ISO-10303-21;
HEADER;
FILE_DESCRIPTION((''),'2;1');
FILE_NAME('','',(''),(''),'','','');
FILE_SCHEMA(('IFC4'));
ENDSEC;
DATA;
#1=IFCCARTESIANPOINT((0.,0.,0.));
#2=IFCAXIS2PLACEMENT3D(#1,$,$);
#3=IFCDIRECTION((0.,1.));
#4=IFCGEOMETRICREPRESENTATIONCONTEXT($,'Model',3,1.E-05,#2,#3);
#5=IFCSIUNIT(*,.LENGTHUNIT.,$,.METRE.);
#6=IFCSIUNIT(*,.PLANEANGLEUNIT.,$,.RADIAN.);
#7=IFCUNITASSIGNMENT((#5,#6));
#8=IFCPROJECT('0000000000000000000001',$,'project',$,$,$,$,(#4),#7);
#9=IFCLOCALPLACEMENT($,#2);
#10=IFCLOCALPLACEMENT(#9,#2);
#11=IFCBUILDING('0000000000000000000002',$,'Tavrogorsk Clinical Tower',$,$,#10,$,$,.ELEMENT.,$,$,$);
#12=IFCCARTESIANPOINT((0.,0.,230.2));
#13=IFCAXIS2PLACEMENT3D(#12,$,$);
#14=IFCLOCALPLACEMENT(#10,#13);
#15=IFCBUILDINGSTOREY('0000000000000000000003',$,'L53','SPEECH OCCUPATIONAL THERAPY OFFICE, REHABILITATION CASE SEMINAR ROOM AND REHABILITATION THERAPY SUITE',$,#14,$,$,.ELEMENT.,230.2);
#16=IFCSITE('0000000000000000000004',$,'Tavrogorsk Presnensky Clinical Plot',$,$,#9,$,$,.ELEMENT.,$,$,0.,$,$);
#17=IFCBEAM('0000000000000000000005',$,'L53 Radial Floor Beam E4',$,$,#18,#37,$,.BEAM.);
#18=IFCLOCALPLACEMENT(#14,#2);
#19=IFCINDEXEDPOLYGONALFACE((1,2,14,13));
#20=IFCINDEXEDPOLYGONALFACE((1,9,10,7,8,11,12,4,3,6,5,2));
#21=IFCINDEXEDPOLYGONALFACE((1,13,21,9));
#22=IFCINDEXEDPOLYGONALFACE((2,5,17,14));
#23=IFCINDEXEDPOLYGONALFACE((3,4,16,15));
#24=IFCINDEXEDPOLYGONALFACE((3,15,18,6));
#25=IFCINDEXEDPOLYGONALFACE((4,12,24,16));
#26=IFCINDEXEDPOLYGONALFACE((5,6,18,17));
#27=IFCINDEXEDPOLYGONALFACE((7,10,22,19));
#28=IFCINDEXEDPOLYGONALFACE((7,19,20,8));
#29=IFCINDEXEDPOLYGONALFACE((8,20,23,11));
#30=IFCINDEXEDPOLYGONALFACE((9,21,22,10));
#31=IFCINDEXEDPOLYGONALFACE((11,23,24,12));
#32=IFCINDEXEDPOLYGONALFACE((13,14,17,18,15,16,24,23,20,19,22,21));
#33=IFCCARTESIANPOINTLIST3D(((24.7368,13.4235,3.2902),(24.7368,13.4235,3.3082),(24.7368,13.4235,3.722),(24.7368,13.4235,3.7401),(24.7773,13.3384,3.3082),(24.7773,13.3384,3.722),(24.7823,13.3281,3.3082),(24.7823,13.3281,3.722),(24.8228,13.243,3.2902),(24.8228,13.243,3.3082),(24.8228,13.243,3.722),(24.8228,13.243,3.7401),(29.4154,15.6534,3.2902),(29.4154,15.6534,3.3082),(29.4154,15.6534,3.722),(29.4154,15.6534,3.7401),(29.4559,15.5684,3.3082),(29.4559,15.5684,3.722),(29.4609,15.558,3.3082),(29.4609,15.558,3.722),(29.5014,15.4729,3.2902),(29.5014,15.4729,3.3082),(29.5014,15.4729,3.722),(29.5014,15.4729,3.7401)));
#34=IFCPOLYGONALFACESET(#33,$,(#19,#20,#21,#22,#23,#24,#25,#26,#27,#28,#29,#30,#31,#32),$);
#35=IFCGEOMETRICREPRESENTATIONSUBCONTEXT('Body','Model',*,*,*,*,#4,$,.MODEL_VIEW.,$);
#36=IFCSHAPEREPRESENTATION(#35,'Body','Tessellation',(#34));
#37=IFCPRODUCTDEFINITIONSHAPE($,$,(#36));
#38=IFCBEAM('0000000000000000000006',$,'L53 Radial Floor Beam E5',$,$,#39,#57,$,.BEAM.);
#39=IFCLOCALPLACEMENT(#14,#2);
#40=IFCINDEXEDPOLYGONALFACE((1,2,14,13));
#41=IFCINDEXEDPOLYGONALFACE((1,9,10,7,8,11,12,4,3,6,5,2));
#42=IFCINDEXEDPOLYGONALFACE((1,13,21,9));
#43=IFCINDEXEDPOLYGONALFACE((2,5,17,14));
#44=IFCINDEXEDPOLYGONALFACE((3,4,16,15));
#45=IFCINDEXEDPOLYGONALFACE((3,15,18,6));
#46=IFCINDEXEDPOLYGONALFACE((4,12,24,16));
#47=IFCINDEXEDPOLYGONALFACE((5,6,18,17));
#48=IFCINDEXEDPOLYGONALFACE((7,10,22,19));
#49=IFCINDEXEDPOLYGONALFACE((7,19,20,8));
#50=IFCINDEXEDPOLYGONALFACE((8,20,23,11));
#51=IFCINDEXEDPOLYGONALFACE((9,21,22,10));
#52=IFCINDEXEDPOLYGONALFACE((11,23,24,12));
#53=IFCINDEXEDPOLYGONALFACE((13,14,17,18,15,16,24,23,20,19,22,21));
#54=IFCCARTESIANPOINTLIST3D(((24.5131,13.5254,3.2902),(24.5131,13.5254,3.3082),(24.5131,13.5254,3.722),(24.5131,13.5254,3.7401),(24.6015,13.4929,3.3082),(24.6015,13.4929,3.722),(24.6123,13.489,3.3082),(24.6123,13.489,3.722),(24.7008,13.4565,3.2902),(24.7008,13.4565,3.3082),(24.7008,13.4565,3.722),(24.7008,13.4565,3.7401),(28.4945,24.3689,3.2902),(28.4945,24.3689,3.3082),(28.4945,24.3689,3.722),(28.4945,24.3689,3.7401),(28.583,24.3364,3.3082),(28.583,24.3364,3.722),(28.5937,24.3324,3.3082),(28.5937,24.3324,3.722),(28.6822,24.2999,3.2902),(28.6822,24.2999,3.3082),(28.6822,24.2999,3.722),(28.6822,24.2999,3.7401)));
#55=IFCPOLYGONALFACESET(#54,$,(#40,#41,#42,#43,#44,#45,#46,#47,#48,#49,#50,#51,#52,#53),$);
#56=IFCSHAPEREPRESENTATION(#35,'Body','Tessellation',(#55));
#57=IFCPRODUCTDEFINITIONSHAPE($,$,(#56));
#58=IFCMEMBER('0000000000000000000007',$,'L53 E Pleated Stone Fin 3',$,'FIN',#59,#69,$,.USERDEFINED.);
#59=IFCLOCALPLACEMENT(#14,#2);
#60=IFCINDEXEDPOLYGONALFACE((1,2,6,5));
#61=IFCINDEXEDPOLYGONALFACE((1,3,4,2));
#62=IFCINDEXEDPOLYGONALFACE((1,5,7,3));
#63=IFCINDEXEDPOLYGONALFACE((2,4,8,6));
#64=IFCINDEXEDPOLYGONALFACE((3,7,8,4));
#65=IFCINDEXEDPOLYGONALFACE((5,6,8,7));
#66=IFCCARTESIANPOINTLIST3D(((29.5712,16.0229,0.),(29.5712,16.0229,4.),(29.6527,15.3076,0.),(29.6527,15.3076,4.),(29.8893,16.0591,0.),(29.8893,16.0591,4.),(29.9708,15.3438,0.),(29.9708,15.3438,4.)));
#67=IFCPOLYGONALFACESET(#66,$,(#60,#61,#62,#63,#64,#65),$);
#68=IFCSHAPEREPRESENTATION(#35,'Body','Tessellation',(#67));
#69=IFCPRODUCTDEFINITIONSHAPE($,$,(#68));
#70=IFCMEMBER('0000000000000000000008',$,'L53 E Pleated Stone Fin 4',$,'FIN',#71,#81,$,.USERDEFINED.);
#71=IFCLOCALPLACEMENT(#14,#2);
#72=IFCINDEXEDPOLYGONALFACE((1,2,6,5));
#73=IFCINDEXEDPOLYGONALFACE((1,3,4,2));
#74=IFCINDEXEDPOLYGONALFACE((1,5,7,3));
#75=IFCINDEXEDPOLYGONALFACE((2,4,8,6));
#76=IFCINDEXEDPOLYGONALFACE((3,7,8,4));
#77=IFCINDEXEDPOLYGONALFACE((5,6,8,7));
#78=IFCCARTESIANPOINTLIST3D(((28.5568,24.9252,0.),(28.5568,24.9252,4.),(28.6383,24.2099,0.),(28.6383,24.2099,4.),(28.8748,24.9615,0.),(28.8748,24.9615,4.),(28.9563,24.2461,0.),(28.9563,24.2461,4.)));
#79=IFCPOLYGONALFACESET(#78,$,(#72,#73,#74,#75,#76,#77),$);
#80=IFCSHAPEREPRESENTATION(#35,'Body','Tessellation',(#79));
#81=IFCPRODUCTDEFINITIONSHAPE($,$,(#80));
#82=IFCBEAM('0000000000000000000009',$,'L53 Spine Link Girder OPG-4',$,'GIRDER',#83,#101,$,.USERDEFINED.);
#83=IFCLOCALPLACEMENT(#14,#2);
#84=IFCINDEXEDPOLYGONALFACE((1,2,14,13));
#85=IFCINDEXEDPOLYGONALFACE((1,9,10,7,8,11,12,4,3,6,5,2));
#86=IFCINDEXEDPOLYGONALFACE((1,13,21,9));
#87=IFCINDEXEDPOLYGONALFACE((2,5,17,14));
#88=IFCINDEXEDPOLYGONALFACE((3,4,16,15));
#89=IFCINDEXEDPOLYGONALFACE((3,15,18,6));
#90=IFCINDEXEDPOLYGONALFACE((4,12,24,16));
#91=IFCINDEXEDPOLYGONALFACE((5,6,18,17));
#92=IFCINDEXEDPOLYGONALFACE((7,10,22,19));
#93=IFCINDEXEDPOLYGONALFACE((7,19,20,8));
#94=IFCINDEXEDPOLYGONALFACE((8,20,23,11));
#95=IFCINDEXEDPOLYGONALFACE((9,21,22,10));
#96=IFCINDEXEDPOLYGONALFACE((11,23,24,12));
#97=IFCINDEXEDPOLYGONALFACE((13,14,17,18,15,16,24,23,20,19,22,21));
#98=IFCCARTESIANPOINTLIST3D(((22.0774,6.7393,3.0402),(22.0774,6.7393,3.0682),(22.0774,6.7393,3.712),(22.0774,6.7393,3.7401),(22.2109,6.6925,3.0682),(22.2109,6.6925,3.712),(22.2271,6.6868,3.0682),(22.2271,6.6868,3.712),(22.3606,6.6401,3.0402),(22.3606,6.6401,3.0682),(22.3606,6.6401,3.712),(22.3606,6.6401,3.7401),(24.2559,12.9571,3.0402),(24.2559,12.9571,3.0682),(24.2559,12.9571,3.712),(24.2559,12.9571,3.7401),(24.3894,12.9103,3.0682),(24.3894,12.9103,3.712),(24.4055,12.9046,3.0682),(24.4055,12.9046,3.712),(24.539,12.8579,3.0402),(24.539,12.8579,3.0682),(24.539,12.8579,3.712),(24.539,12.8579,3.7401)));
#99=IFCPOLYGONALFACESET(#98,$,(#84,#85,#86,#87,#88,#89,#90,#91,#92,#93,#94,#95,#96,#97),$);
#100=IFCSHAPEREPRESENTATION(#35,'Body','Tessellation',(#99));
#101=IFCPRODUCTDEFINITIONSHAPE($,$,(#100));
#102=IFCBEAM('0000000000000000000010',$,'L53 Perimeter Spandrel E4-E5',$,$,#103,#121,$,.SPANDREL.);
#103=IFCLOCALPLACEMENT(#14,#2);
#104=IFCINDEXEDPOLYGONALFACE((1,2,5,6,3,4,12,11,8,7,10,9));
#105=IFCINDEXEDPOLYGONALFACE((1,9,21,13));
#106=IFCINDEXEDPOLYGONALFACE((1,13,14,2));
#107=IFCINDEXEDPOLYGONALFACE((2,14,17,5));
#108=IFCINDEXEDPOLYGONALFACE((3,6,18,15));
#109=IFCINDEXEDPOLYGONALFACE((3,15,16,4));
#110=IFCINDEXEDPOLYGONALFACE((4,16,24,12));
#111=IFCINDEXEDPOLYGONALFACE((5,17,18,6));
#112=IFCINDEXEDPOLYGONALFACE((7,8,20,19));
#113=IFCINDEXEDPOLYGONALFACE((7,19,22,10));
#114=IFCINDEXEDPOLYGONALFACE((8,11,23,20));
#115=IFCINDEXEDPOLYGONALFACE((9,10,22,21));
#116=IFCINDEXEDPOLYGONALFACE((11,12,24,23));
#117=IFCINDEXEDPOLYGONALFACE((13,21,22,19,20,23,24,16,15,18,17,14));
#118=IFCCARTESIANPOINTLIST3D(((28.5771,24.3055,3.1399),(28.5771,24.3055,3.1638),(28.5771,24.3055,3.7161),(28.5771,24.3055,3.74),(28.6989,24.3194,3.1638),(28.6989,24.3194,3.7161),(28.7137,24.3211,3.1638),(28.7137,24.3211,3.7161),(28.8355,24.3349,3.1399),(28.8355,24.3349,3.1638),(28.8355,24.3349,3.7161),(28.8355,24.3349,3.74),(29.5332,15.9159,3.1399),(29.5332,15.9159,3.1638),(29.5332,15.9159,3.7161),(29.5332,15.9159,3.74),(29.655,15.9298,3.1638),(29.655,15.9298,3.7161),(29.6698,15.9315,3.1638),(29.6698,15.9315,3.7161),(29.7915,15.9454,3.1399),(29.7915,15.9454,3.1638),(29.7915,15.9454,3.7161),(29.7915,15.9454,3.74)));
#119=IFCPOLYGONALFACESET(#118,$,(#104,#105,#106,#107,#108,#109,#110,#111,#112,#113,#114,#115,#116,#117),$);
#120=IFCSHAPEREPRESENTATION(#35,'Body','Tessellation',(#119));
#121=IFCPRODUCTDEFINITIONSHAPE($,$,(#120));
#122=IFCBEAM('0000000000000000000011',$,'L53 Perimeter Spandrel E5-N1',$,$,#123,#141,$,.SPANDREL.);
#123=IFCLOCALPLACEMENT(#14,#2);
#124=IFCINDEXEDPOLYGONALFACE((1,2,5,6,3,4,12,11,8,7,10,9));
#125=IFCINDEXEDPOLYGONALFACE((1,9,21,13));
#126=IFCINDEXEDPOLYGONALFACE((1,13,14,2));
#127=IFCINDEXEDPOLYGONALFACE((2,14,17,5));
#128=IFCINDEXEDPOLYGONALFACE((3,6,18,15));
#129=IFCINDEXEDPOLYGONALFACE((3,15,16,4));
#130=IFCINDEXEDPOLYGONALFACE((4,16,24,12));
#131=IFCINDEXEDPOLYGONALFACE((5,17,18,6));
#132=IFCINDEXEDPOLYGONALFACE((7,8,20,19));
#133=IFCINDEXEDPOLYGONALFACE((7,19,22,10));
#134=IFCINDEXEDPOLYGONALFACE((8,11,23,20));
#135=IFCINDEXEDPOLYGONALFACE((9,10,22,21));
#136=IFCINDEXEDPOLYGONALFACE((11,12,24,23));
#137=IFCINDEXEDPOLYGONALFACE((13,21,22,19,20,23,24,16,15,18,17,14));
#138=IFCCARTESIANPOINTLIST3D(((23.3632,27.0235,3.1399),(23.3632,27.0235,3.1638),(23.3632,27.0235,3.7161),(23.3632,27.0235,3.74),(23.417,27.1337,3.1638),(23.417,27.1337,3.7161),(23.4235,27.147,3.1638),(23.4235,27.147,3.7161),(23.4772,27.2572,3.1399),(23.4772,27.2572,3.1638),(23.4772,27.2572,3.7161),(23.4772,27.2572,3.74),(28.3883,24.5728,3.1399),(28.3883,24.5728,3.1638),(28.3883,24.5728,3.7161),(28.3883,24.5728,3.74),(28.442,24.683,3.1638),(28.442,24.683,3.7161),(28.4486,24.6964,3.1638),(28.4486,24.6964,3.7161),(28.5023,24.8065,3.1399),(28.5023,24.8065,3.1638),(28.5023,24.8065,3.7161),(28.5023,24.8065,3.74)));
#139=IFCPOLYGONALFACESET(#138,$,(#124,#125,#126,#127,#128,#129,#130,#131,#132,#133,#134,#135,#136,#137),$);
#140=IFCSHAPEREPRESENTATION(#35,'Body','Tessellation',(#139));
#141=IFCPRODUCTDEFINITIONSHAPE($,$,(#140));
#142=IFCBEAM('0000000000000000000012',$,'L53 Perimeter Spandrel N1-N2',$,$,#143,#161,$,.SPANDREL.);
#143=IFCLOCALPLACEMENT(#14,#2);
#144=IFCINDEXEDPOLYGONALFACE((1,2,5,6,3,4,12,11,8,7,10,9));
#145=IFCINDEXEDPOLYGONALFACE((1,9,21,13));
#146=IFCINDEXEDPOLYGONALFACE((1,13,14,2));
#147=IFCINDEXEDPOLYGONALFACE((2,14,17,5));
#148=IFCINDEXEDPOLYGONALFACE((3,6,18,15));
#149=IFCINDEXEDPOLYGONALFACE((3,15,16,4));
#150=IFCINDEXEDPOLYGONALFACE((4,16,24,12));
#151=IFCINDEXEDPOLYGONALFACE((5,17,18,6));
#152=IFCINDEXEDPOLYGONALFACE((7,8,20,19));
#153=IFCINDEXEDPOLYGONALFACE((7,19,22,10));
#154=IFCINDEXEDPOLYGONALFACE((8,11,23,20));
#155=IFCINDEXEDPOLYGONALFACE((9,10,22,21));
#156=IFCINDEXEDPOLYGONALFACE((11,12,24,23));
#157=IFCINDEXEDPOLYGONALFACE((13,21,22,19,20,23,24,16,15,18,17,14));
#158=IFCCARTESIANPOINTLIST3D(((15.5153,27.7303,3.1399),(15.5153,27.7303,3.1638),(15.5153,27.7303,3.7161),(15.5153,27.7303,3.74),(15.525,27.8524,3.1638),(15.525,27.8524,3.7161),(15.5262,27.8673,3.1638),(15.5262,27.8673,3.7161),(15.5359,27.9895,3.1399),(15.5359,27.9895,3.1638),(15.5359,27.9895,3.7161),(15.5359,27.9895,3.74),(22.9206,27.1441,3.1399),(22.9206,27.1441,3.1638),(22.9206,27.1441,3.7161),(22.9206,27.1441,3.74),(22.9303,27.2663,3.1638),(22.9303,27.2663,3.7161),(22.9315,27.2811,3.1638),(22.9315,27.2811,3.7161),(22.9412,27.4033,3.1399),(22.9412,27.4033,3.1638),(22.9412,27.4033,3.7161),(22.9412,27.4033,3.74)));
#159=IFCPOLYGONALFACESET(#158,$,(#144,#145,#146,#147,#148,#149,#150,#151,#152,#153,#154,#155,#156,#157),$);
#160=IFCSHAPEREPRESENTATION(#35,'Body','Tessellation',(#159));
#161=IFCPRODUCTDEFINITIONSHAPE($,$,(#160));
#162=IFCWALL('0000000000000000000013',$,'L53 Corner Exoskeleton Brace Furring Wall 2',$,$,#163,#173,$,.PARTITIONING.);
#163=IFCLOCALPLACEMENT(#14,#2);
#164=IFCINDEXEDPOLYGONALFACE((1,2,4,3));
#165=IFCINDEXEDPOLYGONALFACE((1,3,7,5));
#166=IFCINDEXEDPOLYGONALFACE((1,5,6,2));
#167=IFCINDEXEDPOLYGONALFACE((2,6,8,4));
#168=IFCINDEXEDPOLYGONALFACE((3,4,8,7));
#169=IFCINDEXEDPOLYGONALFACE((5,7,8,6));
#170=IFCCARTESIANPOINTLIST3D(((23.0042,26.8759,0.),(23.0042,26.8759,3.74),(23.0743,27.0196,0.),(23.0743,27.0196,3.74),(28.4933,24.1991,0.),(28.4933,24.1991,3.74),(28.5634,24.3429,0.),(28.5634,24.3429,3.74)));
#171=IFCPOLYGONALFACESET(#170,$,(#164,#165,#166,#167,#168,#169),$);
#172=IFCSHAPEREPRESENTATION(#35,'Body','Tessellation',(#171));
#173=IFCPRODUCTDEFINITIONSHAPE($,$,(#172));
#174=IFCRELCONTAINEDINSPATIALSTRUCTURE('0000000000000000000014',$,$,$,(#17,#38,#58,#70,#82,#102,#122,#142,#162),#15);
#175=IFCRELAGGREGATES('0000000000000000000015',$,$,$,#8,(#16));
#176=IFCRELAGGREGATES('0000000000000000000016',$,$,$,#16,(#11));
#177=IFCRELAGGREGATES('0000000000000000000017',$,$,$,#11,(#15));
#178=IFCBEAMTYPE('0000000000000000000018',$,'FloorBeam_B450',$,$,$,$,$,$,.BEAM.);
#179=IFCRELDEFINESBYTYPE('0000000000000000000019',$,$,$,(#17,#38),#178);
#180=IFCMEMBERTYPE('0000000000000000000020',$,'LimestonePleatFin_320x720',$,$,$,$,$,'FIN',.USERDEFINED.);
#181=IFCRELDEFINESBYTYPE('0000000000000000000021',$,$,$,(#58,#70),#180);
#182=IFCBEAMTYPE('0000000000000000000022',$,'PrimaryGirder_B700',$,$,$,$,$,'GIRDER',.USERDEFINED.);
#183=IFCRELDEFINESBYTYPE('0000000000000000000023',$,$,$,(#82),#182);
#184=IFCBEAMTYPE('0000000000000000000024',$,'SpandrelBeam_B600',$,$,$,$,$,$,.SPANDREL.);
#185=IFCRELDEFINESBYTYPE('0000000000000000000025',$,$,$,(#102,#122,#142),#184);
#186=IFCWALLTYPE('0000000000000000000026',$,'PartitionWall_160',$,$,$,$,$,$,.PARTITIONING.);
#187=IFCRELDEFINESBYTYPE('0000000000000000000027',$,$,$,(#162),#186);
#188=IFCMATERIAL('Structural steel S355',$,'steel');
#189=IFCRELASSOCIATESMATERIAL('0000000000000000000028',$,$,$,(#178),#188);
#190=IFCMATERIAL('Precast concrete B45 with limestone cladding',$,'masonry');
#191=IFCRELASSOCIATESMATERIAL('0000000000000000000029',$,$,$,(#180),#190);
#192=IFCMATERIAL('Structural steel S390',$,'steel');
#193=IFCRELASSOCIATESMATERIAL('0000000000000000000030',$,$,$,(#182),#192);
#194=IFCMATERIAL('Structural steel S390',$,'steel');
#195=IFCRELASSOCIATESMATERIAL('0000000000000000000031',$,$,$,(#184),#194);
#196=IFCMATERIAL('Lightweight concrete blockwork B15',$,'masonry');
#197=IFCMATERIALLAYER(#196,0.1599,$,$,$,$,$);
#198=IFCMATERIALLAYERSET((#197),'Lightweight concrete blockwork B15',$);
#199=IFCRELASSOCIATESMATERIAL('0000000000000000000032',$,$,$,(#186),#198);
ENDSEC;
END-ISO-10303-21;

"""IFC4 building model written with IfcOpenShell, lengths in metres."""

from ifc_helpers import new_model, si_unit, direction, frame, frame_2d, origin, origin_2d, place, context, subcontext, project, spatial, rectangle, i_section, extrude, material, layer, layer_set, material_profile, profile_set, type_object, element, save


model = new_model("IFC4")

# Units and contexts
model_context = context("Model", 3, precision=1e-05, world=origin(), true_north=direction((0.0, 1.0)))
body_context = subcontext(model_context, "Body", "Model", "MODEL_VIEW")
ifc_project = project(units=[si_unit("LENGTHUNIT", "METRE"), si_unit("PLANEANGLEUNIT", "RADIAN")], contexts=[model_context])

# Site, building, storey
site_placement = place(None, origin())
site = spatial("IfcSite", under=ifc_project, at=site_placement, Name="Tavrogorsk Presnensky Clinical Plot", CompositionType="ELEMENT", RefElevation=0.0)
building_placement = place(site_placement, origin())
building = spatial("IfcBuilding", under=site, at=building_placement, Name="Tavrogorsk Clinical Tower", CompositionType="ELEMENT")
storey_placement = place(building_placement, frame((0.0, 0.0, 230.2)))
storey = spatial("IfcBuildingStorey", under=building, at=storey_placement, Name="L53", Description="SPEECH OCCUPATIONAL THERAPY OFFICE, REHABILITATION CASE SEMINAR ROOM AND REHABILITATION THERAPY SUITE", CompositionType="ELEMENT", Elevation=230.2)

# Beams
ifc_material_1 = material(Name="Structural steel S355", Category="steel")
ifc_material_profile_1 = material_profile(ifc_material_1, i_section(OverallWidth=0.2, OverallDepth=0.45, WebThickness=0.0115, FlangeThickness=0.0181, at=origin_2d()), Name="B-450x200x11.5x18")
ifc_profile_set_1 = profile_set([ifc_material_profile_1], Name="Structural steel S355")
beam_type_1 = type_object("IfcBeamType", Name="FloorBeam_B450", PredefinedType="BEAM", material=ifc_profile_set_1)
beam_1_placement = place(storey_placement, frame((24.7798, 13.3333, 3.5151), z_axis=(0.902709, 0.430252, 0.0), x_axis=(-0.430252, 0.902709, 0.0)))
element("IfcBeam", 1, at=beam_1_placement, inside=storey, type_object=beam_type_1, Name="L53 Radial Floor Beam E4", PredefinedType="BEAM", context=body_context, shape_type="SweptSolid", body=[
    extrude(i_section(OverallWidth=0.2, OverallDepth=0.45, WebThickness=0.0115, FlangeThickness=0.0181, at=origin_2d()), origin(), (0.0, 0.0, 1.0), 5.1829),
])
beam_2_placement = place(storey_placement, frame((24.6069, 13.491, 3.5151), z_axis=(0.344674, 0.938723, 0.0), x_axis=(-0.938723, 0.344674, 0.0)))
element("IfcBeam", 2, at=beam_2_placement, inside=storey, type_object=beam_type_1, Name="L53 Radial Floor Beam E5", PredefinedType="BEAM", context=body_context, shape_type="SweptSolid", body=[
    extrude(i_section(OverallWidth=0.2, OverallDepth=0.45, WebThickness=0.0115, FlangeThickness=0.0181, at=origin_2d()), origin(), (0.0, 0.0, 1.0), 11.5513),
])

# Members
ifc_material_2 = material(Name="Precast concrete B45 with limestone cladding", Category="masonry")
ifc_material_profile_2 = material_profile(ifc_material_2, rectangle(XDim=0.3201, YDim=0.72, at=origin_2d()), Name="LIMESTONE-FIN-320x720")
ifc_profile_set_2 = profile_set([ifc_material_profile_2], Name="Precast concrete B45 with limestone cladding")
member_type_1 = type_object("IfcMemberType", Name="LimestonePleatFin_320x720", ElementType="FIN", PredefinedType="USERDEFINED", material=ifc_profile_set_2)
for number, where, z_axis, x_axis, name in (
    (3, (29.771, 15.6833, 0.0), (0.0, 0.0, 1.0), (0.993572, 0.113203, 0.0), "L53 E Pleated Stone Fin 3"),
    (4, (28.7566, 24.5857, 0.0), (0.0, 0.0, 1.0), (0.993572, 0.113203, 0.0), "L53 E Pleated Stone Fin 4"),
):
    element("IfcMember", number, at=place(storey_placement, frame(where, z_axis=z_axis, x_axis=x_axis)), inside=storey, type_object=member_type_1, Name=name, ObjectType="FIN", PredefinedType="USERDEFINED", context=body_context, shape_type="SweptSolid", body=[
        extrude(rectangle(XDim=0.3201, YDim=0.72, at=origin_2d()), origin(), (0.0, 0.0, 1.0), 4.0),
    ])

# Beams
ifc_material_3 = material(Name="Structural steel S390", Category="steel")
ifc_material_profile_3 = material_profile(ifc_material_3, i_section(OverallWidth=0.3, OverallDepth=0.7, WebThickness=0.0171, FlangeThickness=0.0281, at=origin_2d()), Name="B-700x300x17x28")
ifc_profile_set_3 = profile_set([ifc_material_profile_3], Name="Structural steel S390")
beam_type_2 = type_object("IfcBeamType", Name="PrimaryGirder_B700", ElementType="GIRDER", PredefinedType="USERDEFINED", material=ifc_profile_set_3)
beam_3_placement = place(storey_placement, frame((24.3975, 12.9075, 3.3901), z_axis=(-0.330654, -0.943752, 0.0), x_axis=(0.943752, -0.330654, 0.0)))
element("IfcBeam", 5, at=beam_3_placement, inside=storey, type_object=beam_type_2, Name="L53 Spine Link Girder OPG-4", ObjectType="GIRDER", PredefinedType="USERDEFINED", context=body_context, shape_type="SweptSolid", body=[
    extrude(i_section(OverallWidth=0.3, OverallDepth=0.7, WebThickness=0.0171, FlangeThickness=0.0281, at=origin_2d()), origin(), (0.0, 0.0, 1.0), 6.5884),
])
ifc_material_4 = material(Name="Structural steel S390", Category="steel")
ifc_material_profile_4 = material_profile(ifc_material_4, i_section(OverallWidth=0.26, OverallDepth=0.6001, WebThickness=0.0149, FlangeThickness=0.0239, at=origin_2d()), Name="B-600x260x15x24")
ifc_profile_set_4 = profile_set([ifc_material_profile_4], Name="Structural steel S390")
beam_type_3 = type_object("IfcBeamType", Name="SpandrelBeam_B600", PredefinedType="SPANDREL", material=ifc_profile_set_4)
beam_4_placement = place(storey_placement, frame((29.6624, 15.9307, 3.4399), z_axis=(-0.113224, 0.99357, 0.0), x_axis=(-0.99357, -0.113224, 0.0)))
element("IfcBeam", 6, at=beam_4_placement, inside=storey, type_object=beam_type_3, Name="L53 Perimeter Spandrel E4-E5", PredefinedType="SPANDREL", context=body_context, shape_type="SweptSolid", body=[
    extrude(i_section(OverallWidth=0.26, OverallDepth=0.6001, WebThickness=0.0149, FlangeThickness=0.0239, at=origin_2d()), origin(), (0.0, 0.0, 1.0), 8.4438),
])
beam_5_placement = place(storey_placement, frame((28.4453, 24.6897, 3.4399), z_axis=(-0.898811, 0.438336, 0.0), x_axis=(-0.438336, -0.898811, 0.0)))
element("IfcBeam", 7, at=beam_5_placement, inside=storey, type_object=beam_type_3, Name="L53 Perimeter Spandrel E5-N1", PredefinedType="SPANDREL", context=body_context, shape_type="SweptSolid", body=[
    extrude(i_section(OverallWidth=0.26, OverallDepth=0.6001, WebThickness=0.0149, FlangeThickness=0.0239, at=origin_2d()), origin(), (0.0, 0.0, 1.0), 5.5908),
])
beam_6_placement = place(storey_placement, frame((22.9309, 27.2737, 3.4399), z_axis=(-0.996882, 0.07891, 0.0), x_axis=(-0.07891, -0.996882, 0.0)))
element("IfcBeam", 8, at=beam_6_placement, inside=storey, type_object=beam_type_3, Name="L53 Perimeter Spandrel N1-N2", PredefinedType="SPANDREL", context=body_context, shape_type="SweptSolid", body=[
    extrude(i_section(OverallWidth=0.26, OverallDepth=0.6001, WebThickness=0.0149, FlangeThickness=0.0239, at=origin_2d()), origin(), (0.0, 0.0, 1.0), 7.4285),
])

# Wall
ifc_material_5 = material(Name="Lightweight concrete blockwork B15", Category="masonry")
ifc_layer_1 = layer(ifc_material_5, 0.1599)
ifc_layer_set_1 = layer_set([ifc_layer_1], Name="Lightweight concrete blockwork B15")
wall_type_1 = type_object("IfcWallType", Name="PartitionWall_160", PredefinedType="PARTITIONING", material=ifc_layer_set_1)
wall_1_placement = place(storey_placement, frame((28.5283, 24.271, 0.0), z_axis=(0.0, 0.0, 1.0), x_axis=(-0.898821, 0.438317, 0.0)))
element("IfcWall", 9, at=wall_1_placement, inside=storey, type_object=wall_type_1, Name="L53 Corner Exoskeleton Brace Furring Wall 2", PredefinedType="PARTITIONING", context=body_context, shape_type="SweptSolid", body=[
    extrude(rectangle(XDim=6.1069, YDim=0.1599, at=frame_2d((3.0535, 0.0))), origin(), (0.0, 0.0, 1.0), 3.74),
])

save(model, "model.ifc")
